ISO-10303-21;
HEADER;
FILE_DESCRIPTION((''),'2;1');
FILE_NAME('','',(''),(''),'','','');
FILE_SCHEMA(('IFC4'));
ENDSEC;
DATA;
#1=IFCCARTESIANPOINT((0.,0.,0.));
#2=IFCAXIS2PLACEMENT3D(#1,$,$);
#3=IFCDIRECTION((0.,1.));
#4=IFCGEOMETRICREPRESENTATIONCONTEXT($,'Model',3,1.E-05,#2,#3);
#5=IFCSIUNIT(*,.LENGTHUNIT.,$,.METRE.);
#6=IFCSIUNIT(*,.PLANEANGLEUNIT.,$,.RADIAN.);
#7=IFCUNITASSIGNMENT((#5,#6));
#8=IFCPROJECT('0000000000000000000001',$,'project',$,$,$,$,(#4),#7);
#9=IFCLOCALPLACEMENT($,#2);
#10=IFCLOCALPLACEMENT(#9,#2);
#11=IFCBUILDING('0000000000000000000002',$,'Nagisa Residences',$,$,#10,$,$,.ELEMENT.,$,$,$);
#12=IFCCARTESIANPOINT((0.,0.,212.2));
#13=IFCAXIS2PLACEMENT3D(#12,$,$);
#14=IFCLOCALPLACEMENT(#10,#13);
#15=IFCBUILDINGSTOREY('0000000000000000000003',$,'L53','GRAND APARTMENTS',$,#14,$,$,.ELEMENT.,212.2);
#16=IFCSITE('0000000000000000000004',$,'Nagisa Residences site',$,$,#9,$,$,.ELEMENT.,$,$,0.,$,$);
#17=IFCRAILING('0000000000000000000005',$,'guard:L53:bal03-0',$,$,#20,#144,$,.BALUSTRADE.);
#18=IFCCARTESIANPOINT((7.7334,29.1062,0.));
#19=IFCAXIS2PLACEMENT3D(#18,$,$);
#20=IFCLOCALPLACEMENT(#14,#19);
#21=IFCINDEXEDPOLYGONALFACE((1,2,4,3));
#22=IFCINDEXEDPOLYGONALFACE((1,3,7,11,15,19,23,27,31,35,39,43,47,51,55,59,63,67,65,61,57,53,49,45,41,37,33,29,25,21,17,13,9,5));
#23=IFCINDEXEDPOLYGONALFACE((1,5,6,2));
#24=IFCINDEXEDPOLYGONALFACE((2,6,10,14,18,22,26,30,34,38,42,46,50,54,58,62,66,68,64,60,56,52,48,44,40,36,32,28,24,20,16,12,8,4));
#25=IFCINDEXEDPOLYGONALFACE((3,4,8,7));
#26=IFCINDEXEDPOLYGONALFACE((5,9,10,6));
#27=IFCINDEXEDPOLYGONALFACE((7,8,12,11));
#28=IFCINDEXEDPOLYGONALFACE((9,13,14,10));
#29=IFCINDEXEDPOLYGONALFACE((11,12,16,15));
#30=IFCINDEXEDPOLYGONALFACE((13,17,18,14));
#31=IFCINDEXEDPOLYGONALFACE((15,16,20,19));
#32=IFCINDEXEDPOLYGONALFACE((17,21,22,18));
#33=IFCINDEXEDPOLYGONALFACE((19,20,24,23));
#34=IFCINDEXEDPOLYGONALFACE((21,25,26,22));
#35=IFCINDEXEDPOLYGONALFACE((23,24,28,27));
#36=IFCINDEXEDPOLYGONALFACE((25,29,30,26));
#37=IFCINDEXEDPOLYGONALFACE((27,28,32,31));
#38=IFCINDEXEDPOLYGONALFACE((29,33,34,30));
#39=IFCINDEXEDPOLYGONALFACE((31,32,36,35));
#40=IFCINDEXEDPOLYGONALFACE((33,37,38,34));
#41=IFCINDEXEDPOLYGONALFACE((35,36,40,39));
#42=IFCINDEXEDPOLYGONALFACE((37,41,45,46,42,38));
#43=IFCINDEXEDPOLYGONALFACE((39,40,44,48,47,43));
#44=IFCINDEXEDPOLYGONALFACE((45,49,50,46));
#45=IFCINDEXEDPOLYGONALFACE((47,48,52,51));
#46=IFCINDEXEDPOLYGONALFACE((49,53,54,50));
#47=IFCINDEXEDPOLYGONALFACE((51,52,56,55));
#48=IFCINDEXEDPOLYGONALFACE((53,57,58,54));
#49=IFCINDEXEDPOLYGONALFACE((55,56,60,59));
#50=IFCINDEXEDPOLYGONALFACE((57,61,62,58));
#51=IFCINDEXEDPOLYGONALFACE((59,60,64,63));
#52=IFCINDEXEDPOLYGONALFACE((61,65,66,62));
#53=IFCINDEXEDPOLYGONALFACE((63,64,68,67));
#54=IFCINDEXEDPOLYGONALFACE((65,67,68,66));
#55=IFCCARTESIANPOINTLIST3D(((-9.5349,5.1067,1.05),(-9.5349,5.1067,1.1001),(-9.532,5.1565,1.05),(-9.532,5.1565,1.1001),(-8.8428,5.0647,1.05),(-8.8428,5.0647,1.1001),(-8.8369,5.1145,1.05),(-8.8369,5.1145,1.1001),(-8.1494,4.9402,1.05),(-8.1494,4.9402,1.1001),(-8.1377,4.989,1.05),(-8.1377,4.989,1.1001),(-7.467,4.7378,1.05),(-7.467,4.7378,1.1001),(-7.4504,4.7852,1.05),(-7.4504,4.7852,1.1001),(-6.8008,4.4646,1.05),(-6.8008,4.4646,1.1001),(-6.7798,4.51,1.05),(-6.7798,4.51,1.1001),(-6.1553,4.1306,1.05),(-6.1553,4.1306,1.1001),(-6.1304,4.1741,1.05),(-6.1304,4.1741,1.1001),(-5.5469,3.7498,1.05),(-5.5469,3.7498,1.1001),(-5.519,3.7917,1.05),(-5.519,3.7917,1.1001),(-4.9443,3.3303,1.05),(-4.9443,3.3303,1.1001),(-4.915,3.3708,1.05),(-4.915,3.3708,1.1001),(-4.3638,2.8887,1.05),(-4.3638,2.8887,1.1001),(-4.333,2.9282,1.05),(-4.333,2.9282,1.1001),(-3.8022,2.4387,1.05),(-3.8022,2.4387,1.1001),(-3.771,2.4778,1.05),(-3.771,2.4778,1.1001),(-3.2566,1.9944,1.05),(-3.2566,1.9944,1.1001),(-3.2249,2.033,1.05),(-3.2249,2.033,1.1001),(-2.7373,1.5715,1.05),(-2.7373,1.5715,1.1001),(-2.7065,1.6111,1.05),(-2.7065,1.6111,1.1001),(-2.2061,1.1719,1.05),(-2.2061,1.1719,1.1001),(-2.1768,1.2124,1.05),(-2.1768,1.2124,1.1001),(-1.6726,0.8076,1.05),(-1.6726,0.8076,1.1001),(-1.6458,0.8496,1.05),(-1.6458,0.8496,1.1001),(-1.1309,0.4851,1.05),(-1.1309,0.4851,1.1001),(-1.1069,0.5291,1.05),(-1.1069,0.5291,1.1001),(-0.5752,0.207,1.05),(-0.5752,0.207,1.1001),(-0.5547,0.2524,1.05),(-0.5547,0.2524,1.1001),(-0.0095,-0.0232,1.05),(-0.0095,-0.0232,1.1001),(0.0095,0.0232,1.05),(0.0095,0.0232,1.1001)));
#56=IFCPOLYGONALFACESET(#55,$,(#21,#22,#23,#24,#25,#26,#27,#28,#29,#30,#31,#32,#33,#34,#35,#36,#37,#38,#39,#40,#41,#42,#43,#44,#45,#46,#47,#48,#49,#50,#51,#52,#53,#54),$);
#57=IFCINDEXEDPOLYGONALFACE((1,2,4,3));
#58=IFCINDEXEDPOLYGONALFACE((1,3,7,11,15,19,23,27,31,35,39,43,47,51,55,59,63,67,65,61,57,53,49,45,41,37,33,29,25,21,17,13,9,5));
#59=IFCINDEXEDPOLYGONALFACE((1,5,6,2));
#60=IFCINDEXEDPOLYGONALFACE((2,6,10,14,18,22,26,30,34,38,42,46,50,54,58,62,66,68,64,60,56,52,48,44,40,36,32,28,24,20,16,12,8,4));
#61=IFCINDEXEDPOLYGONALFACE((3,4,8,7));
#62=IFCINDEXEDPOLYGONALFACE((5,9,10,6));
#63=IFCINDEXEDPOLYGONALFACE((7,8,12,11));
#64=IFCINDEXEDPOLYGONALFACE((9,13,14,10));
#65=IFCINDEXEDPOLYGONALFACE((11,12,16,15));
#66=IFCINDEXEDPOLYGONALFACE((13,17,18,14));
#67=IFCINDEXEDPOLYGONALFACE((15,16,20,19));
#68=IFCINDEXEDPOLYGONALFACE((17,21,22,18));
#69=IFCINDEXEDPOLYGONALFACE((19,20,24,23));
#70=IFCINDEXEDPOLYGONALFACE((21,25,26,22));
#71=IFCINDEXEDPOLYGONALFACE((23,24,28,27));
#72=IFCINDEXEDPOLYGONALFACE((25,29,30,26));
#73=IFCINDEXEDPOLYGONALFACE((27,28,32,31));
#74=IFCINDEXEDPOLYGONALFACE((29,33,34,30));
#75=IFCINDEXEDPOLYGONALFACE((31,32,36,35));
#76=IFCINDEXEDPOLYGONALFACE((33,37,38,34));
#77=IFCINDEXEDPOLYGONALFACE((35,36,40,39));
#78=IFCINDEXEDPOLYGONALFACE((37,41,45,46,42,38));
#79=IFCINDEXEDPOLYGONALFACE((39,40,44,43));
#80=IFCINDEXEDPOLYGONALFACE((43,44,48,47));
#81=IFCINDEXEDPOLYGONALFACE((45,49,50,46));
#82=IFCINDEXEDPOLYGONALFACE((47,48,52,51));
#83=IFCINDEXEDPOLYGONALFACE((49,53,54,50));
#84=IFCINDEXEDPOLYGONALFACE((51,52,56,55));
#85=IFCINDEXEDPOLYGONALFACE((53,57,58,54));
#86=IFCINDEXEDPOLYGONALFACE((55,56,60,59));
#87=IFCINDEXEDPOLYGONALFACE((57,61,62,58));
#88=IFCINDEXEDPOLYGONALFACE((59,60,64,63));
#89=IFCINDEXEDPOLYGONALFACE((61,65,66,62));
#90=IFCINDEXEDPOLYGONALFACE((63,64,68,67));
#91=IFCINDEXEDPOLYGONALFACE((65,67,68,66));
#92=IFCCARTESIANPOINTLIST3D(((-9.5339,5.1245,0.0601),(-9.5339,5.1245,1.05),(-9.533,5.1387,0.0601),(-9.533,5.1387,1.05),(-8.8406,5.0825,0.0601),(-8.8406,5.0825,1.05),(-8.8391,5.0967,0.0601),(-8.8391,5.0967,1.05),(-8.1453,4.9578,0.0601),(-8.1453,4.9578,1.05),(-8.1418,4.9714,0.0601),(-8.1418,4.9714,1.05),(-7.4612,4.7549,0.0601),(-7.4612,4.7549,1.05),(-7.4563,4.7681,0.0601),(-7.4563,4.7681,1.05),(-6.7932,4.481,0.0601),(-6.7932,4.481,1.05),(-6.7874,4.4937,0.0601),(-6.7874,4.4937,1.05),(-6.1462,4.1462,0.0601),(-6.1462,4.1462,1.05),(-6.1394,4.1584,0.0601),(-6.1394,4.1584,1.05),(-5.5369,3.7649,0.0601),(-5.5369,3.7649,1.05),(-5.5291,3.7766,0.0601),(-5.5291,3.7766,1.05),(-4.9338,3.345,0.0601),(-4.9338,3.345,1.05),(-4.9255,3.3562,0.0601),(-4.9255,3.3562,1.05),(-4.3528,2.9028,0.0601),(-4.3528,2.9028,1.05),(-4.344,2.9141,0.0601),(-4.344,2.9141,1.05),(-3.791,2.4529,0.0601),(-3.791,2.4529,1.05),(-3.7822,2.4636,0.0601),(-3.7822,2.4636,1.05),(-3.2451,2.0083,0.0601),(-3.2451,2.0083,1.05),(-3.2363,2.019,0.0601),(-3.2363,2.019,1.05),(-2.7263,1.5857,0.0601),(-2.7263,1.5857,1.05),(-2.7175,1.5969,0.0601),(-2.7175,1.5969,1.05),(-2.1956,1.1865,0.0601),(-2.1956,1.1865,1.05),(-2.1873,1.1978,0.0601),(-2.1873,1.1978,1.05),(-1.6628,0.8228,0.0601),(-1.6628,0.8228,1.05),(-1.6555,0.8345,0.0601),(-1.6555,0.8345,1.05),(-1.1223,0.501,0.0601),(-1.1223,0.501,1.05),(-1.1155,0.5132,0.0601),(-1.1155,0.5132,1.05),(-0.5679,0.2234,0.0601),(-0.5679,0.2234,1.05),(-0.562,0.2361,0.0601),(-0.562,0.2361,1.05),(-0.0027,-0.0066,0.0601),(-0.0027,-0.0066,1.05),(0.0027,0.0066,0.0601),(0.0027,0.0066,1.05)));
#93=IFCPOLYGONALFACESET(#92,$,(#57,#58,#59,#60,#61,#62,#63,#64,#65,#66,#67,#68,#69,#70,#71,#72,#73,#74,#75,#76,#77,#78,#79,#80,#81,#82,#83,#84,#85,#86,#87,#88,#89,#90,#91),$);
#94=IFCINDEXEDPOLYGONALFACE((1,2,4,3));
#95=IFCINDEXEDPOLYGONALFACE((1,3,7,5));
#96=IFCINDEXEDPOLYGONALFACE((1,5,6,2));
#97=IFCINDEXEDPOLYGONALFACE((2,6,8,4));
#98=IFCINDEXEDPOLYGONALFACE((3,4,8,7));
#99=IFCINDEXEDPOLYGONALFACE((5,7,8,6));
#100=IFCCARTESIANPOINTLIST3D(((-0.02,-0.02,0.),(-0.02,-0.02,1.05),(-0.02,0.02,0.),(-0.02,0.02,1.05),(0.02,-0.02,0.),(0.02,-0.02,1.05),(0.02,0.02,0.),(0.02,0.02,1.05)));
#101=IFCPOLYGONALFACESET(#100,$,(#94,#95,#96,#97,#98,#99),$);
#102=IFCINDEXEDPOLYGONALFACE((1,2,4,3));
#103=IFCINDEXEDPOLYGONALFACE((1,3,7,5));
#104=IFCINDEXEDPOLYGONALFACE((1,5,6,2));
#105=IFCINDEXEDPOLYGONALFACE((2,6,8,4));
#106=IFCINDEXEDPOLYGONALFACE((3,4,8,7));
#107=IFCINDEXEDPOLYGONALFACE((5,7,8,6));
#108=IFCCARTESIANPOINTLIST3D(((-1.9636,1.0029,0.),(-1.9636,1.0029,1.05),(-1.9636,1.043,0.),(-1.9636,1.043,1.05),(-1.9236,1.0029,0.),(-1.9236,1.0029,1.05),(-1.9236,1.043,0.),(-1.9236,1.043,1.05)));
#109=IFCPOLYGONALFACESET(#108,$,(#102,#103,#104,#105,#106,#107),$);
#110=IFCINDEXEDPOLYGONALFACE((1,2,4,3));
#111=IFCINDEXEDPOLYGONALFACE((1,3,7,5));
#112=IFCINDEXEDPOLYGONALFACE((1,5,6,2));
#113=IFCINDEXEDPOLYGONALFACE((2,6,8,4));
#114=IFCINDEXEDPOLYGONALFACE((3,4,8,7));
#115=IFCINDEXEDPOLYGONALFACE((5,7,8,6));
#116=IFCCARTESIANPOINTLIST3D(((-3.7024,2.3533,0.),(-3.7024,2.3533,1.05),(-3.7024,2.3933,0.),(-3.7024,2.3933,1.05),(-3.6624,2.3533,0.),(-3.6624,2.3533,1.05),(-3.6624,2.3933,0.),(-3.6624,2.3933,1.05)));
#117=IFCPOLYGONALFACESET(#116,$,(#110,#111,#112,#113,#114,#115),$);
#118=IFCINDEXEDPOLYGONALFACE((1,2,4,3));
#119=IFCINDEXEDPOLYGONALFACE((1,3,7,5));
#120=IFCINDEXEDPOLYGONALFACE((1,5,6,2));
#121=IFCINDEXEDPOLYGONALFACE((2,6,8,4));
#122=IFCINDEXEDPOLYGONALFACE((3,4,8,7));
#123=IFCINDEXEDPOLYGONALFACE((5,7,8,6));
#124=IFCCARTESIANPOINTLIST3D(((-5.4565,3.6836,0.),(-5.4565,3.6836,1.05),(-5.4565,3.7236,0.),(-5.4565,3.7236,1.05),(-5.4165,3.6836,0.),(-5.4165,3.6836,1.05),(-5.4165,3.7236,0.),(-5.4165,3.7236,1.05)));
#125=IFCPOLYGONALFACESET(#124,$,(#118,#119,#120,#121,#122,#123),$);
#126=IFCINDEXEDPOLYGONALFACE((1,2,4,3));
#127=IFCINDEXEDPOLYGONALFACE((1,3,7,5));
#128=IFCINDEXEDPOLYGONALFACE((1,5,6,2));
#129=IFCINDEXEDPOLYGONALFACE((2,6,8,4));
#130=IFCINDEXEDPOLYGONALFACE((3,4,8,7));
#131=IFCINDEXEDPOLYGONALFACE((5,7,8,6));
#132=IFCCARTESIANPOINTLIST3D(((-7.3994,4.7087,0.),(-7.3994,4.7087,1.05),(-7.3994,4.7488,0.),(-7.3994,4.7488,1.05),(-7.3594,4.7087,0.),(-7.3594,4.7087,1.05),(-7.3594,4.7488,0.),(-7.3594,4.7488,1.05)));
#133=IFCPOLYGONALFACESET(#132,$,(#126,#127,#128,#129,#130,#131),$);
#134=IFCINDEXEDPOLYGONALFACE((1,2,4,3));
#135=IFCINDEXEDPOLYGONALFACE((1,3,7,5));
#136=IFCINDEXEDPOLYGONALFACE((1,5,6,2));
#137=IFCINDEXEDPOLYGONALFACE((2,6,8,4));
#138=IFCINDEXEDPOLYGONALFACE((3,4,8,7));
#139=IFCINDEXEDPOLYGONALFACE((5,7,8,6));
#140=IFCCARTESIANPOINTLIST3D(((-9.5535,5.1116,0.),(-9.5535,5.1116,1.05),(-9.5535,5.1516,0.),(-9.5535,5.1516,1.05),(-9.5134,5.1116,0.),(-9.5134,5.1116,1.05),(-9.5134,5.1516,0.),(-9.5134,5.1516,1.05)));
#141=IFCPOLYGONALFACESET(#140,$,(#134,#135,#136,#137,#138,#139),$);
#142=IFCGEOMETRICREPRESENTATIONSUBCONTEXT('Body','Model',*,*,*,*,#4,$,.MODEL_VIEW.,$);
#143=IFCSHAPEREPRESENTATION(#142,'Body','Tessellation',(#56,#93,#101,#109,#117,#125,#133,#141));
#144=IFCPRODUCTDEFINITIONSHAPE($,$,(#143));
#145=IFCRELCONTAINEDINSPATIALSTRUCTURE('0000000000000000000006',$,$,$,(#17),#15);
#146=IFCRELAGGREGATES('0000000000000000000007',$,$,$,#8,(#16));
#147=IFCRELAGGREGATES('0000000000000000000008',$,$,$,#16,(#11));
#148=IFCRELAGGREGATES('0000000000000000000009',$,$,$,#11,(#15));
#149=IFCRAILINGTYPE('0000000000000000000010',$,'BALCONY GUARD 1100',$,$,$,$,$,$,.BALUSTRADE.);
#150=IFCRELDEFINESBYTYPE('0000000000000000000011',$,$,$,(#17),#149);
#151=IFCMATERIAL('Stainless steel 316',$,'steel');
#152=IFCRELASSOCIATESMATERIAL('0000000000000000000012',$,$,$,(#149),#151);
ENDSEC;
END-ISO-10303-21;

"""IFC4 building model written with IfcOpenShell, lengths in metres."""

from ifc_helpers import new_model, si_unit, direction, frame, origin, origin_2d, place, context, subcontext, project, spatial, polyline, rectangle, outline, extrude, material, type_object, element, save


model = new_model("IFC4")

# Units and contexts
model_context = context("Model", 3, precision=1e-05, world=origin(), true_north=direction((0.0, 1.0)))
body_context = subcontext(model_context, "Body", "Model", "MODEL_VIEW")
ifc_project = project(units=[si_unit("LENGTHUNIT", "METRE"), si_unit("PLANEANGLEUNIT", "RADIAN")], contexts=[model_context])

# Site, building, storey
site_placement = place(None, origin())
site = spatial("IfcSite", under=ifc_project, at=site_placement, Name="Nagisa Residences site", CompositionType="ELEMENT", RefElevation=0.0)
building_placement = place(site_placement, origin())
building = spatial("IfcBuilding", under=site, at=building_placement, Name="Nagisa Residences", CompositionType="ELEMENT")
storey_placement = place(building_placement, frame((0.0, 0.0, 212.2)))
storey = spatial("IfcBuildingStorey", under=building, at=storey_placement, Name="L53", Description="GRAND APARTMENTS", CompositionType="ELEMENT", Elevation=212.2)

# Railing
ifc_material_1 = material(Name="Stainless steel 316", Category="steel")
railing_type = type_object("IfcRailingType", Name="BALCONY GUARD 1100", PredefinedType="BALUSTRADE", material=ifc_material_1)
railing_placement = place(storey_placement, frame((7.7334, 29.1062, 0.0)))
element("IfcRailing", 1, at=railing_placement, inside=storey, type_object=railing_type, Name="guard:L53:bal03-0", PredefinedType="BALUSTRADE", context=body_context, shape_type="SweptSolid", body=[
    extrude(outline(polyline([(-0.5752, 0.207), (-0.0095, -0.0232), (0.0095, 0.0232), (-0.5547, 0.2524), (-1.1069, 0.5291), (-1.6458, 0.8496), (-2.1768, 1.2124), (-2.7065, 1.6111), (-3.2249, 2.033), (-3.771, 2.4778), (-4.333, 2.9282), (-4.915, 3.3708), (-5.519, 3.7917), (-6.1304, 4.1741), (-6.7798, 4.51), (-7.4504, 4.7852), (-8.1377, 4.989), (-8.8369, 5.1145), (-9.532, 5.1565), (-9.5349, 5.1067), (-8.8428, 5.0647), (-8.1494, 4.9402), (-7.467, 4.7378), (-6.8008, 4.4646), (-6.1553, 4.1306), (-5.5469, 3.7498), (-4.9443, 3.3303), (-4.3638, 2.8887), (-3.8022, 2.4387), (-3.2566, 1.9944), (-2.7373, 1.5715), (-2.2061, 1.1719), (-1.6726, 0.8076), (-1.1309, 0.4851), (-0.5752, 0.207)])), frame((0.0, 0.0, 1.05)), (0.0, 0.0, 1.0), 0.05),
    extrude(outline(polyline([(-0.5679, 0.2234), (-0.0027, -0.0066), (0.0027, 0.0066), (-0.562, 0.2361), (-1.1155, 0.5132), (-1.6555, 0.8345), (-2.1873, 1.1978), (-2.7175, 1.5969), (-3.2363, 2.019), (-3.7822, 2.4636), (-4.344, 2.9141), (-4.9255, 3.3562), (-5.5291, 3.7766), (-6.1394, 4.1584), (-6.7874, 4.4937), (-7.4563, 4.7681), (-8.1418, 4.9714), (-8.8391, 5.0967), (-9.533, 5.1387), (-9.5339, 5.1245), (-8.8406, 5.0825), (-8.1453, 4.9578), (-7.4612, 4.7549), (-6.7932, 4.481), (-6.1462, 4.1462), (-5.5369, 3.7649), (-4.9338, 3.345), (-4.3528, 2.9028), (-3.791, 2.4529), (-3.2451, 2.0083), (-2.7263, 1.5857), (-2.1956, 1.1865), (-1.6628, 0.8228), (-1.1223, 0.501), (-0.5679, 0.2234)])), frame((0.0, 0.0, 0.0601)), (0.0, 0.0, 1.0), 0.99),
    extrude(rectangle(XDim=0.04, YDim=0.04, at=origin_2d()), origin(), (0.0, 0.0, 1.0), 1.05),
    extrude(rectangle(XDim=0.04, YDim=0.04, at=origin_2d()), frame((-1.9436, 1.0229, 0.0)), (0.0, 0.0, 1.0), 1.05),
    extrude(rectangle(XDim=0.04, YDim=0.04, at=origin_2d()), frame((-3.6824, 2.3733, 0.0)), (0.0, 0.0, 1.0), 1.05),
    extrude(rectangle(XDim=0.04, YDim=0.04, at=origin_2d()), frame((-5.4365, 3.7036, 0.0)), (0.0, 0.0, 1.0), 1.05),
    extrude(rectangle(XDim=0.04, YDim=0.04, at=origin_2d()), frame((-7.3794, 4.7288, 0.0)), (0.0, 0.0, 1.0), 1.05),
    extrude(rectangle(XDim=0.04, YDim=0.04, at=origin_2d()), frame((-9.5334, 5.1316, 0.0)), (0.0, 0.0, 1.0), 1.05),
])

save(model, "model.ifc")
